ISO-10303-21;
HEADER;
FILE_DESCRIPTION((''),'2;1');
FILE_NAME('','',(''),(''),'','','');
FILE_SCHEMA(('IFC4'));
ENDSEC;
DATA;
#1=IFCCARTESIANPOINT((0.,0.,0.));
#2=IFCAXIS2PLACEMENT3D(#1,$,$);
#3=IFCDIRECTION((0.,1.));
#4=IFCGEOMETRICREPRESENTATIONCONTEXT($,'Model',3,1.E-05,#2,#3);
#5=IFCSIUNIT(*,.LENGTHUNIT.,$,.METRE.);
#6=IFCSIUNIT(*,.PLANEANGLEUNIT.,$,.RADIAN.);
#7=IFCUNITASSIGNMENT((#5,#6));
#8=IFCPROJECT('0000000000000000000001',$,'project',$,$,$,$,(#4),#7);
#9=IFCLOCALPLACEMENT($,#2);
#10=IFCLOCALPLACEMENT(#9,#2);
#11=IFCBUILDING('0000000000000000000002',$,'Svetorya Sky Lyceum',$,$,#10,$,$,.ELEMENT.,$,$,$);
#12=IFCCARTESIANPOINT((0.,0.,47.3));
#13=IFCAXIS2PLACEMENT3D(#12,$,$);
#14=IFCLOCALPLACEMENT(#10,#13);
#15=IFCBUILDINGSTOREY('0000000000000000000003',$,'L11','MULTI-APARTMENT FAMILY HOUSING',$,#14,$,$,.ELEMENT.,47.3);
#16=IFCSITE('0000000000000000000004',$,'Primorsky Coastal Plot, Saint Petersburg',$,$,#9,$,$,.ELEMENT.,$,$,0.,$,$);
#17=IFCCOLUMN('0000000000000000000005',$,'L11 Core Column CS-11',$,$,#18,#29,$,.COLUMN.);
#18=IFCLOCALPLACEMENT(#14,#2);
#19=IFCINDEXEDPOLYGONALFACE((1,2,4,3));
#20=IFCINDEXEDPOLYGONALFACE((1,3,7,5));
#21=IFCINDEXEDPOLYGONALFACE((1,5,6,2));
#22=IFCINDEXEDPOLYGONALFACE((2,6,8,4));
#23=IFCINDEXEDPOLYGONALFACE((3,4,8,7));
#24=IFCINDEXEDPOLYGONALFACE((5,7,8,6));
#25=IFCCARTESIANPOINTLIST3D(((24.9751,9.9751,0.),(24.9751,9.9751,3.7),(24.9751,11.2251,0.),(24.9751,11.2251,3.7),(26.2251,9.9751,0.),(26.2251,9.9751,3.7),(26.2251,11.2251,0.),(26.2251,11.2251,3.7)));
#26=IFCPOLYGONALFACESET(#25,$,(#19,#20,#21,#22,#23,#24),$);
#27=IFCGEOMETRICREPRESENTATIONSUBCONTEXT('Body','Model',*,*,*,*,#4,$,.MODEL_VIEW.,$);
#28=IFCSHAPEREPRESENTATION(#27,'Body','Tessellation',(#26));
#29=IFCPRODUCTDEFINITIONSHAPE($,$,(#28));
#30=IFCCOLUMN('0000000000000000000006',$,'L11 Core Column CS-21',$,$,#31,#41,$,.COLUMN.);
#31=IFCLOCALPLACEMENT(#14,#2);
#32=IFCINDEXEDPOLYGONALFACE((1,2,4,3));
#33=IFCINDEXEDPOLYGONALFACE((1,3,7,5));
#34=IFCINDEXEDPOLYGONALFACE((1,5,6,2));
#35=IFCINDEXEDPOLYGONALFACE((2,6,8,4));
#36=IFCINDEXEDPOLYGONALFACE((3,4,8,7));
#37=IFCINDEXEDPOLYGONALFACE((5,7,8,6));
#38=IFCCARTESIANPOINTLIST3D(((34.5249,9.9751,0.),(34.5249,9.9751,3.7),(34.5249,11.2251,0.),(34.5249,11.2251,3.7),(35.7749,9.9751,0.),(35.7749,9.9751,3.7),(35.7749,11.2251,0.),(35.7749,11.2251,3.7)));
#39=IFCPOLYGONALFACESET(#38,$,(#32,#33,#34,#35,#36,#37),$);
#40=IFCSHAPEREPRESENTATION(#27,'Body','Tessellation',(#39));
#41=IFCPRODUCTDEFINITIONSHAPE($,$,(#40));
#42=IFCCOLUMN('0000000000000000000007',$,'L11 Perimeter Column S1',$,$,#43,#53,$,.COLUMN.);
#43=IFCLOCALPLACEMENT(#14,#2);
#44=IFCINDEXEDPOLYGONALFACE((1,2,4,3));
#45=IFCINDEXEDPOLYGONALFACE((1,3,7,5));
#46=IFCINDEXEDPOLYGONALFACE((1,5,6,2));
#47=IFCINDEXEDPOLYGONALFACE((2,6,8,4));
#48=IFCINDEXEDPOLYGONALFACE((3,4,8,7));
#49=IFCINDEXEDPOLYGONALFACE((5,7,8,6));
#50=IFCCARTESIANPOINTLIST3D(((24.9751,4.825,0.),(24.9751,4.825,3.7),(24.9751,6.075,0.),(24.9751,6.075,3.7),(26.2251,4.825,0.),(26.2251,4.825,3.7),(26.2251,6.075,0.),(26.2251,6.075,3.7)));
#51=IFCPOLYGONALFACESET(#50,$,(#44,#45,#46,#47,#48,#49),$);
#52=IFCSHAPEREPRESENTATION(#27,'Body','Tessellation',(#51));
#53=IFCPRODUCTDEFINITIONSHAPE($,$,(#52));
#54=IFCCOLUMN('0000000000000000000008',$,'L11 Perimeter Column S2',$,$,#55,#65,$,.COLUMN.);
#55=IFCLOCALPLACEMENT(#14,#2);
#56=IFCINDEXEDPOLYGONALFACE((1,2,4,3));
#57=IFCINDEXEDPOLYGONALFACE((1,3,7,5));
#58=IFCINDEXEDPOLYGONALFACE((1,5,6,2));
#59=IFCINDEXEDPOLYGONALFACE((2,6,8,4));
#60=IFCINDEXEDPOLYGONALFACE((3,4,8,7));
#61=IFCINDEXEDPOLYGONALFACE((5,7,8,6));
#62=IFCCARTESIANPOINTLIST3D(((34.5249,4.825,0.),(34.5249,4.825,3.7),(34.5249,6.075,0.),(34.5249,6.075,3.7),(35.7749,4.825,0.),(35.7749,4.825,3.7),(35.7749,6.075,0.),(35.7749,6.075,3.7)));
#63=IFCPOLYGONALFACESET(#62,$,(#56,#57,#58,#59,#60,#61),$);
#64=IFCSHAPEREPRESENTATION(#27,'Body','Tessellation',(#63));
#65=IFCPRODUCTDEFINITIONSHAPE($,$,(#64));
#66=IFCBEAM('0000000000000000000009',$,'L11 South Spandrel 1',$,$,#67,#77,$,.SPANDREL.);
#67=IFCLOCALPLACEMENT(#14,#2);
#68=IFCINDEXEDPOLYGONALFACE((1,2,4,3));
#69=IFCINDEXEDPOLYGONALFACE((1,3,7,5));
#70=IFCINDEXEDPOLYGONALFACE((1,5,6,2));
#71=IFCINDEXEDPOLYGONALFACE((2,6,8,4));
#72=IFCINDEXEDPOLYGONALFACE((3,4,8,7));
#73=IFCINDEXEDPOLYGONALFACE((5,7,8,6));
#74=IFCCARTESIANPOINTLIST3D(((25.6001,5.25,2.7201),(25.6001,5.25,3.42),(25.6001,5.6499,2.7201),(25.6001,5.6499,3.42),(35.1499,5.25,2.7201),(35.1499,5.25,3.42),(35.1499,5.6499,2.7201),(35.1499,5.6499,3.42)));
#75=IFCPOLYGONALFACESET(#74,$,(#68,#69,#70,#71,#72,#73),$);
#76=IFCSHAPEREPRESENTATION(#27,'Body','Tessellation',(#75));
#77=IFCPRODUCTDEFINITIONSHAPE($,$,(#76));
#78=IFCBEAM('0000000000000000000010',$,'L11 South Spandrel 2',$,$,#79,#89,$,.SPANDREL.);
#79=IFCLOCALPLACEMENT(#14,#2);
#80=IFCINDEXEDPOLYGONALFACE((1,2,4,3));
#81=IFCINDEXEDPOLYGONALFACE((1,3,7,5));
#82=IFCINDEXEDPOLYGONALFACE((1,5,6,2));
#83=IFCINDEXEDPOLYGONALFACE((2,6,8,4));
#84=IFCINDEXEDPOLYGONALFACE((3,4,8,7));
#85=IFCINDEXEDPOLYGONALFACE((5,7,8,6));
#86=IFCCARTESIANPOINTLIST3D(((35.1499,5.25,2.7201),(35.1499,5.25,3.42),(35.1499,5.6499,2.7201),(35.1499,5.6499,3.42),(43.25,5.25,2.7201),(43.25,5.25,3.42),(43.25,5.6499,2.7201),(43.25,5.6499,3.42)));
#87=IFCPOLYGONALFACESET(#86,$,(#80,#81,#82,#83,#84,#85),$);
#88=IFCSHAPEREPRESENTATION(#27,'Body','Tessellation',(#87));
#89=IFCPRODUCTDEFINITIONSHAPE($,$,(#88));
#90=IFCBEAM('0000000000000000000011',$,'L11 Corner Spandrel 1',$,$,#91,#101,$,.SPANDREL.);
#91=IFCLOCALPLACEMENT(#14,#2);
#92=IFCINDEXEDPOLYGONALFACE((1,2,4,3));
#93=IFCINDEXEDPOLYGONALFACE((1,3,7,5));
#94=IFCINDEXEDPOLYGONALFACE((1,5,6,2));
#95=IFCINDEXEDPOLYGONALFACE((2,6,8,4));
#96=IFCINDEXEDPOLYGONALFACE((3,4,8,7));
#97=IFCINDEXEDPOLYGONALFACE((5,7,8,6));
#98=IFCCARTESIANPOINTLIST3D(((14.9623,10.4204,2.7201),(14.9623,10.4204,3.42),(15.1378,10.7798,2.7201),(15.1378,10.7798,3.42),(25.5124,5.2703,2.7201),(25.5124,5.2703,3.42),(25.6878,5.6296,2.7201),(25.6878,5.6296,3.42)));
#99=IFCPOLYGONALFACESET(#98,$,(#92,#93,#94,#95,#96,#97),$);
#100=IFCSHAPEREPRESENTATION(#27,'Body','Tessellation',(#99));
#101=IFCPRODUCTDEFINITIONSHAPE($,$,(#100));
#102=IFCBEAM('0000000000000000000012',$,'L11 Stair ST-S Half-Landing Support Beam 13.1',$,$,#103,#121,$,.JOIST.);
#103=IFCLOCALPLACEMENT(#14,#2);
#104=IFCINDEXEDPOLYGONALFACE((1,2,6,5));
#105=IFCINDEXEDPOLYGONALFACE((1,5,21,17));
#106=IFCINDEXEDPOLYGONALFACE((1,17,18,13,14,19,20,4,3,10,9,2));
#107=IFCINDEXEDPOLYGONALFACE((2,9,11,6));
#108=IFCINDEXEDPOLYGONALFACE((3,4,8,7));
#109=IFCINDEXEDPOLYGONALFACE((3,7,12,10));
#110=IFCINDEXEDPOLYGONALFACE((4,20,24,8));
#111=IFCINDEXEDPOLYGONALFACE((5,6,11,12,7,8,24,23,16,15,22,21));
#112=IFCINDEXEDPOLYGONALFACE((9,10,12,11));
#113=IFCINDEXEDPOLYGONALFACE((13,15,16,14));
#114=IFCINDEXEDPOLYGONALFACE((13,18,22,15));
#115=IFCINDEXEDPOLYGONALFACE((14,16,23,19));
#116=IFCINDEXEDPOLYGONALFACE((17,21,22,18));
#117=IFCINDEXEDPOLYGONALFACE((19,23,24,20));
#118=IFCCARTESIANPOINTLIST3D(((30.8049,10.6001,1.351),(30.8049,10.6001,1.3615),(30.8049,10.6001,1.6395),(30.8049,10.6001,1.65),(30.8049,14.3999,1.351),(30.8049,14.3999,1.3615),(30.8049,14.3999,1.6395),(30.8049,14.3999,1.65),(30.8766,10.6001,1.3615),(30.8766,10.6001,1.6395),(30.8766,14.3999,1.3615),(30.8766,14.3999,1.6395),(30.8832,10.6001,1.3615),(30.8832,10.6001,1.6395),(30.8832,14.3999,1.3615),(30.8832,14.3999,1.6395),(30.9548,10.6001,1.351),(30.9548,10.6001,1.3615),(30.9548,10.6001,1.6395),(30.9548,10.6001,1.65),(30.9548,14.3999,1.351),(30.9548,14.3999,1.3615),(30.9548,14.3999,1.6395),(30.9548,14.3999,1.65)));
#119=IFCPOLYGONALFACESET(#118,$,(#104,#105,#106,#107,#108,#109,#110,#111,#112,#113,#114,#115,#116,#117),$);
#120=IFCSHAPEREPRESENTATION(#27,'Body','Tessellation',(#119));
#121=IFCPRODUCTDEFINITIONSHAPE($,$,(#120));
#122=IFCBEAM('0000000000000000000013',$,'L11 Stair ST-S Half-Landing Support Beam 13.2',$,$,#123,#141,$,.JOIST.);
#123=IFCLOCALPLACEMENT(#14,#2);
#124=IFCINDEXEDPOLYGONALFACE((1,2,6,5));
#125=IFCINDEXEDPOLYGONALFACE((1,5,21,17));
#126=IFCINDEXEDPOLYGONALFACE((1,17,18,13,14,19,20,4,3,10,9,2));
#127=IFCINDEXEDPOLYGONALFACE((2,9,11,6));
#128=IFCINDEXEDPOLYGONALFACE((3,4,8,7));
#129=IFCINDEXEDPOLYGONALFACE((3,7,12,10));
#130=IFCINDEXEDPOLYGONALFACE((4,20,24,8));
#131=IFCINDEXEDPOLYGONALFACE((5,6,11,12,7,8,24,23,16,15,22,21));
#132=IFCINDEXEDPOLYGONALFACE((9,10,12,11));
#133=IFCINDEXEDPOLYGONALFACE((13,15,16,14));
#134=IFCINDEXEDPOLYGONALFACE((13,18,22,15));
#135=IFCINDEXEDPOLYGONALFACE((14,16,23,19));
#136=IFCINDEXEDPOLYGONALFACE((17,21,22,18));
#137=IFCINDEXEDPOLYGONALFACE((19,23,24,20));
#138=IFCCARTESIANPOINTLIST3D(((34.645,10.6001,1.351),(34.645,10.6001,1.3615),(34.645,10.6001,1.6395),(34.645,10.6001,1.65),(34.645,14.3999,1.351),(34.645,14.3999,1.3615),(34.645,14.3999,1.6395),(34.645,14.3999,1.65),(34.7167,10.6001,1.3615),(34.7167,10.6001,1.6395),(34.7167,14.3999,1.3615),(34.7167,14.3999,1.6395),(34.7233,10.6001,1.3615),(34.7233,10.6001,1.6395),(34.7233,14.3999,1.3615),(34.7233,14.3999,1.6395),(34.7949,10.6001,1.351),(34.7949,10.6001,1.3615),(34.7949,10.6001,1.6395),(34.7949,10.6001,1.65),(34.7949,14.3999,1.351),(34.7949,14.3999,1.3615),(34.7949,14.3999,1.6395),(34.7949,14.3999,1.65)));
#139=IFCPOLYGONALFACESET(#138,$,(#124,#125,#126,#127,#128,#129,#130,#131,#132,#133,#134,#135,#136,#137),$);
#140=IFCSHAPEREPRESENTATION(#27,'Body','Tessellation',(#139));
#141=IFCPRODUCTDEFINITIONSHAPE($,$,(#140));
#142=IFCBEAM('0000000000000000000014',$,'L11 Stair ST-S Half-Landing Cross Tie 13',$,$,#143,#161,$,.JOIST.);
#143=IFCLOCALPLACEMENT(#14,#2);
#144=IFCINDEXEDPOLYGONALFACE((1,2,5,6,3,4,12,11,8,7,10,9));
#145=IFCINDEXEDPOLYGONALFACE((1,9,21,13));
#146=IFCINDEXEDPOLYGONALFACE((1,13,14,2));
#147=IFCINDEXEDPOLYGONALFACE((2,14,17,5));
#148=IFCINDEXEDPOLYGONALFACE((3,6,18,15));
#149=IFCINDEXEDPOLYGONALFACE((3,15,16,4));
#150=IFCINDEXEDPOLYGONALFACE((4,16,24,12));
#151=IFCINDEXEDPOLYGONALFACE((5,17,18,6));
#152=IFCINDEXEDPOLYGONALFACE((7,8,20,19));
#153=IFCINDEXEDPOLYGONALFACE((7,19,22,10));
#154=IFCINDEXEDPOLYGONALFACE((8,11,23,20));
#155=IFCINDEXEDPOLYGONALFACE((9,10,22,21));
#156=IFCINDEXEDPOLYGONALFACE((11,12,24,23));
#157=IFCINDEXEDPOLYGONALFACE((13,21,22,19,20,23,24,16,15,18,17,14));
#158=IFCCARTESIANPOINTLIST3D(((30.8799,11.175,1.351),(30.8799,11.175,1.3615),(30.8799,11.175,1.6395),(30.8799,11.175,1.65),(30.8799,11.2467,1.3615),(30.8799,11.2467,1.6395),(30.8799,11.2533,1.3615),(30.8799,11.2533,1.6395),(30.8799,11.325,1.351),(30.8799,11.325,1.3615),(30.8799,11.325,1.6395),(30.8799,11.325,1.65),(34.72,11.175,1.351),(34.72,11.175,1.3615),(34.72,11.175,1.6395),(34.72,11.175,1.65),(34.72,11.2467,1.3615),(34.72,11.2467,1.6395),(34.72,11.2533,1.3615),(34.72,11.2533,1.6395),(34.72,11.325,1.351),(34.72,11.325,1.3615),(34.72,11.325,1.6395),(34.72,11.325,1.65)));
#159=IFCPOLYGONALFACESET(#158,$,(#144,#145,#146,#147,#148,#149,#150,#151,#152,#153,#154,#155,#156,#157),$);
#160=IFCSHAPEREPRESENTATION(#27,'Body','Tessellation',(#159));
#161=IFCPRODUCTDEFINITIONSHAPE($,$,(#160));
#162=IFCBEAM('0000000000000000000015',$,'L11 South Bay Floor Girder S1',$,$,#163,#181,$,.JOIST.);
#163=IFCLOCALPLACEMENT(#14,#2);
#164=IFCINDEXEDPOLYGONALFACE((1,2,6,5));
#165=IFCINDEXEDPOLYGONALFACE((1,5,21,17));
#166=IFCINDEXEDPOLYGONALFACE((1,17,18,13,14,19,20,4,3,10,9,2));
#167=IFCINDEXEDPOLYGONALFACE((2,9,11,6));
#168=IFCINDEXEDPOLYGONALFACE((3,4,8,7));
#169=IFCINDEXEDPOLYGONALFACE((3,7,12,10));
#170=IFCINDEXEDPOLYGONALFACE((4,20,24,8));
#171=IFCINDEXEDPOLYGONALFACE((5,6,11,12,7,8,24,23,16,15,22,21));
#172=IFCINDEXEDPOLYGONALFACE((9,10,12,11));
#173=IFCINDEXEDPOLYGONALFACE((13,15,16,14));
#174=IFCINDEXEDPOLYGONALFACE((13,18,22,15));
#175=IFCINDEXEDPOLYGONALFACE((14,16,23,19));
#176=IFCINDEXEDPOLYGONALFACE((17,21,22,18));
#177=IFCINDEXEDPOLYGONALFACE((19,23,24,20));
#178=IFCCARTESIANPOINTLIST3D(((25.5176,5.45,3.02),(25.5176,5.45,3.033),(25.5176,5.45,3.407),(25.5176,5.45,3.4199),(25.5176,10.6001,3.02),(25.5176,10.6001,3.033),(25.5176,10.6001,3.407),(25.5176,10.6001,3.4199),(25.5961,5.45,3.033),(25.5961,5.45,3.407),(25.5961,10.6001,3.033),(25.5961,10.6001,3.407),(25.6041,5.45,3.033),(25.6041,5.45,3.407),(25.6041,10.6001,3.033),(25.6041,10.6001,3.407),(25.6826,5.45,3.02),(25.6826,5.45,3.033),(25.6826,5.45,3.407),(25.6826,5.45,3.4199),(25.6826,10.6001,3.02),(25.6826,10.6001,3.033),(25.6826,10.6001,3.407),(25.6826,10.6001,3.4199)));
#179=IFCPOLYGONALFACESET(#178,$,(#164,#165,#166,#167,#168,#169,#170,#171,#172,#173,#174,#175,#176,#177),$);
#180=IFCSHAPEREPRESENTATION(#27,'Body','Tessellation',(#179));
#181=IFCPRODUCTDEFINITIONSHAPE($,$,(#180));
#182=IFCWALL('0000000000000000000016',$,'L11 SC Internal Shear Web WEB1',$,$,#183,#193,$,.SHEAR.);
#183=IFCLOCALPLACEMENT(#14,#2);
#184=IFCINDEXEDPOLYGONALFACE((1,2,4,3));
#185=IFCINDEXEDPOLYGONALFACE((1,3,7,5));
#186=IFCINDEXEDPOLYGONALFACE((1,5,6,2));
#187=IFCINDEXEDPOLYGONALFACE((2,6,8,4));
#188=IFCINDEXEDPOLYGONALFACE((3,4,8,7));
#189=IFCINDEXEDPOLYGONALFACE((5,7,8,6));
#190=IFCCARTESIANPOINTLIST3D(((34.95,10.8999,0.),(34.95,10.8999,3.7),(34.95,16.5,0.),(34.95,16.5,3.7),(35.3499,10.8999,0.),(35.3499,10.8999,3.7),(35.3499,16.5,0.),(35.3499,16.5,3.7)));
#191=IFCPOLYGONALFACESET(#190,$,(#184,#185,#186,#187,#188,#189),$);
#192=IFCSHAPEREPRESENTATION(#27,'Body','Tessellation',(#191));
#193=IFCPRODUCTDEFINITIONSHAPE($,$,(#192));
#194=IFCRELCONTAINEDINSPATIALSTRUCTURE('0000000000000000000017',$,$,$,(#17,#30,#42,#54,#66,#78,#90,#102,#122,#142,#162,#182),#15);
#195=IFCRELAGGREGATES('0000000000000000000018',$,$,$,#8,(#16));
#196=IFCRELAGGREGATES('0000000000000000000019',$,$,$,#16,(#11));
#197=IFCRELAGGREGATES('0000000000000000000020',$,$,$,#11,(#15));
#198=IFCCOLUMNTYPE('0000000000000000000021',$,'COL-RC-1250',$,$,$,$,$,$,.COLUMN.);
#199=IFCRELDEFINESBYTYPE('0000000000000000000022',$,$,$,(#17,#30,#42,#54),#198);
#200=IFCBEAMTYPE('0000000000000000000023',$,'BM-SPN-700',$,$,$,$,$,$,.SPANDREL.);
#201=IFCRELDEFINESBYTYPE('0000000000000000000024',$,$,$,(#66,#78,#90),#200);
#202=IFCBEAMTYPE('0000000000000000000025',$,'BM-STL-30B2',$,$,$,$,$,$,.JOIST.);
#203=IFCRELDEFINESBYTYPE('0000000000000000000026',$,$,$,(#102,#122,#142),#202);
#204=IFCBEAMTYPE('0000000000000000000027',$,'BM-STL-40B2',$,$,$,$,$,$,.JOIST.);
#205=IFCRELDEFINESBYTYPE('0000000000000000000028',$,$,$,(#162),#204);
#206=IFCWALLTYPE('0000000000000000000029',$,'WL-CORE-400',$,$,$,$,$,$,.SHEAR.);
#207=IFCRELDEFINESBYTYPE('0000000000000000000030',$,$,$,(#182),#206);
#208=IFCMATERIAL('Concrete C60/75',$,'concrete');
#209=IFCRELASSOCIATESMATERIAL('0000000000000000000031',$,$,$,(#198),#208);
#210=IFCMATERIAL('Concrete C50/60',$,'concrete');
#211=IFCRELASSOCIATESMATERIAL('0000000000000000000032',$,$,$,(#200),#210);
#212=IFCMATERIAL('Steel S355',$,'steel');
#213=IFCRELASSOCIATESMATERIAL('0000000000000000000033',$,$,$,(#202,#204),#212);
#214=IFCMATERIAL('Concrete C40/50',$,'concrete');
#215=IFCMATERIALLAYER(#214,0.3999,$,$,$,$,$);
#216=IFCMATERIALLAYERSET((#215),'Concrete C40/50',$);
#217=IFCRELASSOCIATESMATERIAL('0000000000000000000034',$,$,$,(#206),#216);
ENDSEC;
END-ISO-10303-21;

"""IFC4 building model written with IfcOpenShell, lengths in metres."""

from ifc_helpers import new_model, si_unit, direction, frame, frame_2d, origin, origin_2d, place, context, subcontext, project, spatial, rectangle, i_section, extrude, material, layer, layer_set, material_profile, profile_set, type_object, element, save


model = new_model("IFC4")

# Units and contexts
model_context = context("Model", 3, precision=1e-05, world=origin(), true_north=direction((0.0, 1.0)))
body_context = subcontext(model_context, "Body", "Model", "MODEL_VIEW")
ifc_project = project(units=[si_unit("LENGTHUNIT", "METRE"), si_unit("PLANEANGLEUNIT", "RADIAN")], contexts=[model_context])

# Site, building, storey
site_placement = place(None, origin())
site = spatial("IfcSite", under=ifc_project, at=site_placement, Name="Primorsky Coastal Plot, Saint Petersburg", CompositionType="ELEMENT", RefElevation=0.0)
building_placement = place(site_placement, origin())
building = spatial("IfcBuilding", under=site, at=building_placement, Name="Svetorya Sky Lyceum", CompositionType="ELEMENT")
storey_placement = place(building_placement, frame((0.0, 0.0, 47.3)))
storey = spatial("IfcBuildingStorey", under=building, at=storey_placement, Name="L11", Description="MULTI-APARTMENT FAMILY HOUSING", CompositionType="ELEMENT", Elevation=47.3)

# Columns
ifc_material_1 = material(Name="Concrete C60/75", Category="concrete")
ifc_material_profile_1 = material_profile(ifc_material_1, rectangle(XDim=1.25, YDim=1.25, at=origin_2d()), Name="RC COL 1250x1250")
ifc_profile_set_1 = profile_set([ifc_material_profile_1], Name="Concrete C60/75")
column_type = type_object("IfcColumnType", Name="COL-RC-1250", PredefinedType="COLUMN", material=ifc_profile_set_1)
for number, where, z_axis, x_axis, name in (
    (1, (25.6001, 10.6001, 0.0), (0.0, 0.0, 1.0), (1.0, 0.0, 0.0), "L11 Core Column CS-11"),
    (2, (35.1499, 10.6001, 0.0), (0.0, 0.0, 1.0), (1.0, 0.0, 0.0), "L11 Core Column CS-21"),
    (3, (25.6001, 5.45, 0.0), (0.0, 0.0, 1.0), (1.0, 0.0, 0.0), "L11 Perimeter Column S1"),
    (4, (35.1499, 5.45, 0.0), (0.0, 0.0, 1.0), (1.0, 0.0, 0.0), "L11 Perimeter Column S2"),
):
    element("IfcColumn", number, at=place(storey_placement, frame(where, z_axis=z_axis, x_axis=x_axis)), inside=storey, type_object=column_type, Name=name, PredefinedType="COLUMN", context=body_context, shape_type="SweptSolid", body=[
        extrude(rectangle(XDim=1.25, YDim=1.25, at=origin_2d()), origin(), (0.0, 0.0, 1.0), 3.7),
    ])

# Beams
ifc_material_2 = material(Name="Concrete C50/60", Category="concrete")
ifc_material_profile_2 = material_profile(ifc_material_2, rectangle(XDim=0.3999, YDim=0.7, at=origin_2d()), Name="RC SPANDREL 400x700")
ifc_profile_set_2 = profile_set([ifc_material_profile_2], Name="Concrete C50/60")
beam_type_1 = type_object("IfcBeamType", Name="BM-SPN-700", PredefinedType="SPANDREL", material=ifc_profile_set_2)
beam_1_placement = place(storey_placement, frame((25.6001, 5.45, 3.0701), z_axis=(1.0, 0.0, 0.0), x_axis=(0.0, 1.0, 0.0)))
element("IfcBeam", 5, at=beam_1_placement, inside=storey, type_object=beam_type_1, Name="L11 South Spandrel 1", PredefinedType="SPANDREL", context=body_context, shape_type="SweptSolid", body=[
    extrude(rectangle(XDim=0.3999, YDim=0.7, at=origin_2d()), origin(), (0.0, 0.0, 1.0), 9.5498),
])
beam_2_placement = place(storey_placement, frame((35.1499, 5.45, 3.0701), z_axis=(1.0, 0.0, 0.0), x_axis=(0.0, 1.0, 0.0)))
element("IfcBeam", 6, at=beam_2_placement, inside=storey, type_object=beam_type_1, Name="L11 South Spandrel 2", PredefinedType="SPANDREL", context=body_context, shape_type="SweptSolid", body=[
    extrude(rectangle(XDim=0.3999, YDim=0.7, at=origin_2d()), origin(), (0.0, 0.0, 1.0), 8.1001),
])
beam_3_placement = place(storey_placement, frame((25.6001, 5.45, 3.0701), z_axis=(-0.898641, 0.438684, 0.0), x_axis=(-0.438684, -0.898641, 0.0)))
element("IfcBeam", 7, at=beam_3_placement, inside=storey, type_object=beam_type_1, Name="L11 Corner Spandrel 1", PredefinedType="SPANDREL", context=body_context, shape_type="SweptSolid", body=[
    extrude(rectangle(XDim=0.3999, YDim=0.7, at=origin_2d()), origin(), (0.0, 0.0, 1.0), 11.74),
])
ifc_material_3 = material(Name="Steel S355", Category="steel")
ifc_material_profile_3 = material_profile(ifc_material_3, i_section(OverallWidth=0.1499, OverallDepth=0.2991, WebThickness=0.0066, FlangeThickness=0.0105, at=origin_2d()), Name="GOST 30B2")
ifc_profile_set_3 = profile_set([ifc_material_profile_3], Name="Steel S355")
beam_type_2 = type_object("IfcBeamType", Name="BM-STL-30B2", PredefinedType="JOIST", material=ifc_profile_set_3)
for number, where, z_axis, x_axis, name in (
    (8, (30.8799, 10.6001, 1.5005), (0.0, 1.0, 0.0), (-1.0, 0.0, 0.0), "L11 Stair ST-S Half-Landing Support Beam 13.1"),
    (9, (34.72, 10.6001, 1.5005), (0.0, 1.0, 0.0), (-1.0, 0.0, 0.0), "L11 Stair ST-S Half-Landing Support Beam 13.2"),
):
    element("IfcBeam", number, at=place(storey_placement, frame(where, z_axis=z_axis, x_axis=x_axis)), inside=storey, type_object=beam_type_2, Name=name, PredefinedType="JOIST", context=body_context, shape_type="SweptSolid", body=[
        extrude(i_section(OverallWidth=0.1499, OverallDepth=0.2991, WebThickness=0.0066, FlangeThickness=0.0105, at=origin_2d()), origin(), (0.0, 0.0, 1.0), 3.7998),
    ])
beam_4_placement = place(storey_placement, frame((30.8799, 11.25, 1.5005), z_axis=(1.0, 0.0, 0.0), x_axis=(0.0, 1.0, 0.0)))
element("IfcBeam", 10, at=beam_4_placement, inside=storey, type_object=beam_type_2, Name="L11 Stair ST-S Half-Landing Cross Tie 13", PredefinedType="JOIST", context=body_context, shape_type="SweptSolid", body=[
    extrude(i_section(OverallWidth=0.1499, OverallDepth=0.2991, WebThickness=0.0066, FlangeThickness=0.0105, at=origin_2d()), origin(), (0.0, 0.0, 1.0), 3.8401),
])
ifc_material_profile_4 = material_profile(ifc_material_3, i_section(OverallWidth=0.165, OverallDepth=0.3999, WebThickness=0.0081, FlangeThickness=0.0129, at=origin_2d()), Name="GOST 40B2")
ifc_profile_set_4 = profile_set([ifc_material_profile_4], Name="Steel S355")
beam_type_3 = type_object("IfcBeamType", Name="BM-STL-40B2", PredefinedType="JOIST", material=ifc_profile_set_4)
beam_5_placement = place(storey_placement, frame((25.6001, 5.45, 3.22), z_axis=(0.0, 1.0, 0.0), x_axis=(-1.0, 0.0, 0.0)))
element("IfcBeam", 11, at=beam_5_placement, inside=storey, type_object=beam_type_3, Name="L11 South Bay Floor Girder S1", PredefinedType="JOIST", context=body_context, shape_type="SweptSolid", body=[
    extrude(i_section(OverallWidth=0.165, OverallDepth=0.3999, WebThickness=0.0081, FlangeThickness=0.0129, at=origin_2d()), origin(), (0.0, 0.0, 1.0), 5.1501),
])

# Wall
ifc_material_4 = material(Name="Concrete C40/50", Category="concrete")
ifc_layer_1 = layer(ifc_material_4, 0.3999)
ifc_layer_set_1 = layer_set([ifc_layer_1], Name="Concrete C40/50")
wall_type_1 = type_object("IfcWallType", Name="WL-CORE-400", PredefinedType="SHEAR", material=ifc_layer_set_1)
wall_1_placement = place(storey_placement, frame((35.1499, 10.8999, 0.0), z_axis=(0.0, 0.0, 1.0), x_axis=(0.0, 1.0, 0.0)))
element("IfcWall", 12, at=wall_1_placement, inside=storey, type_object=wall_type_1, Name="L11 SC Internal Shear Web WEB1", PredefinedType="SHEAR", context=body_context, shape_type="SweptSolid", body=[
    extrude(rectangle(XDim=5.6001, YDim=0.3999, at=frame_2d((2.8, 0.0))), origin(), (0.0, 0.0, 1.0), 3.7),
])

save(model, "model.ifc")
